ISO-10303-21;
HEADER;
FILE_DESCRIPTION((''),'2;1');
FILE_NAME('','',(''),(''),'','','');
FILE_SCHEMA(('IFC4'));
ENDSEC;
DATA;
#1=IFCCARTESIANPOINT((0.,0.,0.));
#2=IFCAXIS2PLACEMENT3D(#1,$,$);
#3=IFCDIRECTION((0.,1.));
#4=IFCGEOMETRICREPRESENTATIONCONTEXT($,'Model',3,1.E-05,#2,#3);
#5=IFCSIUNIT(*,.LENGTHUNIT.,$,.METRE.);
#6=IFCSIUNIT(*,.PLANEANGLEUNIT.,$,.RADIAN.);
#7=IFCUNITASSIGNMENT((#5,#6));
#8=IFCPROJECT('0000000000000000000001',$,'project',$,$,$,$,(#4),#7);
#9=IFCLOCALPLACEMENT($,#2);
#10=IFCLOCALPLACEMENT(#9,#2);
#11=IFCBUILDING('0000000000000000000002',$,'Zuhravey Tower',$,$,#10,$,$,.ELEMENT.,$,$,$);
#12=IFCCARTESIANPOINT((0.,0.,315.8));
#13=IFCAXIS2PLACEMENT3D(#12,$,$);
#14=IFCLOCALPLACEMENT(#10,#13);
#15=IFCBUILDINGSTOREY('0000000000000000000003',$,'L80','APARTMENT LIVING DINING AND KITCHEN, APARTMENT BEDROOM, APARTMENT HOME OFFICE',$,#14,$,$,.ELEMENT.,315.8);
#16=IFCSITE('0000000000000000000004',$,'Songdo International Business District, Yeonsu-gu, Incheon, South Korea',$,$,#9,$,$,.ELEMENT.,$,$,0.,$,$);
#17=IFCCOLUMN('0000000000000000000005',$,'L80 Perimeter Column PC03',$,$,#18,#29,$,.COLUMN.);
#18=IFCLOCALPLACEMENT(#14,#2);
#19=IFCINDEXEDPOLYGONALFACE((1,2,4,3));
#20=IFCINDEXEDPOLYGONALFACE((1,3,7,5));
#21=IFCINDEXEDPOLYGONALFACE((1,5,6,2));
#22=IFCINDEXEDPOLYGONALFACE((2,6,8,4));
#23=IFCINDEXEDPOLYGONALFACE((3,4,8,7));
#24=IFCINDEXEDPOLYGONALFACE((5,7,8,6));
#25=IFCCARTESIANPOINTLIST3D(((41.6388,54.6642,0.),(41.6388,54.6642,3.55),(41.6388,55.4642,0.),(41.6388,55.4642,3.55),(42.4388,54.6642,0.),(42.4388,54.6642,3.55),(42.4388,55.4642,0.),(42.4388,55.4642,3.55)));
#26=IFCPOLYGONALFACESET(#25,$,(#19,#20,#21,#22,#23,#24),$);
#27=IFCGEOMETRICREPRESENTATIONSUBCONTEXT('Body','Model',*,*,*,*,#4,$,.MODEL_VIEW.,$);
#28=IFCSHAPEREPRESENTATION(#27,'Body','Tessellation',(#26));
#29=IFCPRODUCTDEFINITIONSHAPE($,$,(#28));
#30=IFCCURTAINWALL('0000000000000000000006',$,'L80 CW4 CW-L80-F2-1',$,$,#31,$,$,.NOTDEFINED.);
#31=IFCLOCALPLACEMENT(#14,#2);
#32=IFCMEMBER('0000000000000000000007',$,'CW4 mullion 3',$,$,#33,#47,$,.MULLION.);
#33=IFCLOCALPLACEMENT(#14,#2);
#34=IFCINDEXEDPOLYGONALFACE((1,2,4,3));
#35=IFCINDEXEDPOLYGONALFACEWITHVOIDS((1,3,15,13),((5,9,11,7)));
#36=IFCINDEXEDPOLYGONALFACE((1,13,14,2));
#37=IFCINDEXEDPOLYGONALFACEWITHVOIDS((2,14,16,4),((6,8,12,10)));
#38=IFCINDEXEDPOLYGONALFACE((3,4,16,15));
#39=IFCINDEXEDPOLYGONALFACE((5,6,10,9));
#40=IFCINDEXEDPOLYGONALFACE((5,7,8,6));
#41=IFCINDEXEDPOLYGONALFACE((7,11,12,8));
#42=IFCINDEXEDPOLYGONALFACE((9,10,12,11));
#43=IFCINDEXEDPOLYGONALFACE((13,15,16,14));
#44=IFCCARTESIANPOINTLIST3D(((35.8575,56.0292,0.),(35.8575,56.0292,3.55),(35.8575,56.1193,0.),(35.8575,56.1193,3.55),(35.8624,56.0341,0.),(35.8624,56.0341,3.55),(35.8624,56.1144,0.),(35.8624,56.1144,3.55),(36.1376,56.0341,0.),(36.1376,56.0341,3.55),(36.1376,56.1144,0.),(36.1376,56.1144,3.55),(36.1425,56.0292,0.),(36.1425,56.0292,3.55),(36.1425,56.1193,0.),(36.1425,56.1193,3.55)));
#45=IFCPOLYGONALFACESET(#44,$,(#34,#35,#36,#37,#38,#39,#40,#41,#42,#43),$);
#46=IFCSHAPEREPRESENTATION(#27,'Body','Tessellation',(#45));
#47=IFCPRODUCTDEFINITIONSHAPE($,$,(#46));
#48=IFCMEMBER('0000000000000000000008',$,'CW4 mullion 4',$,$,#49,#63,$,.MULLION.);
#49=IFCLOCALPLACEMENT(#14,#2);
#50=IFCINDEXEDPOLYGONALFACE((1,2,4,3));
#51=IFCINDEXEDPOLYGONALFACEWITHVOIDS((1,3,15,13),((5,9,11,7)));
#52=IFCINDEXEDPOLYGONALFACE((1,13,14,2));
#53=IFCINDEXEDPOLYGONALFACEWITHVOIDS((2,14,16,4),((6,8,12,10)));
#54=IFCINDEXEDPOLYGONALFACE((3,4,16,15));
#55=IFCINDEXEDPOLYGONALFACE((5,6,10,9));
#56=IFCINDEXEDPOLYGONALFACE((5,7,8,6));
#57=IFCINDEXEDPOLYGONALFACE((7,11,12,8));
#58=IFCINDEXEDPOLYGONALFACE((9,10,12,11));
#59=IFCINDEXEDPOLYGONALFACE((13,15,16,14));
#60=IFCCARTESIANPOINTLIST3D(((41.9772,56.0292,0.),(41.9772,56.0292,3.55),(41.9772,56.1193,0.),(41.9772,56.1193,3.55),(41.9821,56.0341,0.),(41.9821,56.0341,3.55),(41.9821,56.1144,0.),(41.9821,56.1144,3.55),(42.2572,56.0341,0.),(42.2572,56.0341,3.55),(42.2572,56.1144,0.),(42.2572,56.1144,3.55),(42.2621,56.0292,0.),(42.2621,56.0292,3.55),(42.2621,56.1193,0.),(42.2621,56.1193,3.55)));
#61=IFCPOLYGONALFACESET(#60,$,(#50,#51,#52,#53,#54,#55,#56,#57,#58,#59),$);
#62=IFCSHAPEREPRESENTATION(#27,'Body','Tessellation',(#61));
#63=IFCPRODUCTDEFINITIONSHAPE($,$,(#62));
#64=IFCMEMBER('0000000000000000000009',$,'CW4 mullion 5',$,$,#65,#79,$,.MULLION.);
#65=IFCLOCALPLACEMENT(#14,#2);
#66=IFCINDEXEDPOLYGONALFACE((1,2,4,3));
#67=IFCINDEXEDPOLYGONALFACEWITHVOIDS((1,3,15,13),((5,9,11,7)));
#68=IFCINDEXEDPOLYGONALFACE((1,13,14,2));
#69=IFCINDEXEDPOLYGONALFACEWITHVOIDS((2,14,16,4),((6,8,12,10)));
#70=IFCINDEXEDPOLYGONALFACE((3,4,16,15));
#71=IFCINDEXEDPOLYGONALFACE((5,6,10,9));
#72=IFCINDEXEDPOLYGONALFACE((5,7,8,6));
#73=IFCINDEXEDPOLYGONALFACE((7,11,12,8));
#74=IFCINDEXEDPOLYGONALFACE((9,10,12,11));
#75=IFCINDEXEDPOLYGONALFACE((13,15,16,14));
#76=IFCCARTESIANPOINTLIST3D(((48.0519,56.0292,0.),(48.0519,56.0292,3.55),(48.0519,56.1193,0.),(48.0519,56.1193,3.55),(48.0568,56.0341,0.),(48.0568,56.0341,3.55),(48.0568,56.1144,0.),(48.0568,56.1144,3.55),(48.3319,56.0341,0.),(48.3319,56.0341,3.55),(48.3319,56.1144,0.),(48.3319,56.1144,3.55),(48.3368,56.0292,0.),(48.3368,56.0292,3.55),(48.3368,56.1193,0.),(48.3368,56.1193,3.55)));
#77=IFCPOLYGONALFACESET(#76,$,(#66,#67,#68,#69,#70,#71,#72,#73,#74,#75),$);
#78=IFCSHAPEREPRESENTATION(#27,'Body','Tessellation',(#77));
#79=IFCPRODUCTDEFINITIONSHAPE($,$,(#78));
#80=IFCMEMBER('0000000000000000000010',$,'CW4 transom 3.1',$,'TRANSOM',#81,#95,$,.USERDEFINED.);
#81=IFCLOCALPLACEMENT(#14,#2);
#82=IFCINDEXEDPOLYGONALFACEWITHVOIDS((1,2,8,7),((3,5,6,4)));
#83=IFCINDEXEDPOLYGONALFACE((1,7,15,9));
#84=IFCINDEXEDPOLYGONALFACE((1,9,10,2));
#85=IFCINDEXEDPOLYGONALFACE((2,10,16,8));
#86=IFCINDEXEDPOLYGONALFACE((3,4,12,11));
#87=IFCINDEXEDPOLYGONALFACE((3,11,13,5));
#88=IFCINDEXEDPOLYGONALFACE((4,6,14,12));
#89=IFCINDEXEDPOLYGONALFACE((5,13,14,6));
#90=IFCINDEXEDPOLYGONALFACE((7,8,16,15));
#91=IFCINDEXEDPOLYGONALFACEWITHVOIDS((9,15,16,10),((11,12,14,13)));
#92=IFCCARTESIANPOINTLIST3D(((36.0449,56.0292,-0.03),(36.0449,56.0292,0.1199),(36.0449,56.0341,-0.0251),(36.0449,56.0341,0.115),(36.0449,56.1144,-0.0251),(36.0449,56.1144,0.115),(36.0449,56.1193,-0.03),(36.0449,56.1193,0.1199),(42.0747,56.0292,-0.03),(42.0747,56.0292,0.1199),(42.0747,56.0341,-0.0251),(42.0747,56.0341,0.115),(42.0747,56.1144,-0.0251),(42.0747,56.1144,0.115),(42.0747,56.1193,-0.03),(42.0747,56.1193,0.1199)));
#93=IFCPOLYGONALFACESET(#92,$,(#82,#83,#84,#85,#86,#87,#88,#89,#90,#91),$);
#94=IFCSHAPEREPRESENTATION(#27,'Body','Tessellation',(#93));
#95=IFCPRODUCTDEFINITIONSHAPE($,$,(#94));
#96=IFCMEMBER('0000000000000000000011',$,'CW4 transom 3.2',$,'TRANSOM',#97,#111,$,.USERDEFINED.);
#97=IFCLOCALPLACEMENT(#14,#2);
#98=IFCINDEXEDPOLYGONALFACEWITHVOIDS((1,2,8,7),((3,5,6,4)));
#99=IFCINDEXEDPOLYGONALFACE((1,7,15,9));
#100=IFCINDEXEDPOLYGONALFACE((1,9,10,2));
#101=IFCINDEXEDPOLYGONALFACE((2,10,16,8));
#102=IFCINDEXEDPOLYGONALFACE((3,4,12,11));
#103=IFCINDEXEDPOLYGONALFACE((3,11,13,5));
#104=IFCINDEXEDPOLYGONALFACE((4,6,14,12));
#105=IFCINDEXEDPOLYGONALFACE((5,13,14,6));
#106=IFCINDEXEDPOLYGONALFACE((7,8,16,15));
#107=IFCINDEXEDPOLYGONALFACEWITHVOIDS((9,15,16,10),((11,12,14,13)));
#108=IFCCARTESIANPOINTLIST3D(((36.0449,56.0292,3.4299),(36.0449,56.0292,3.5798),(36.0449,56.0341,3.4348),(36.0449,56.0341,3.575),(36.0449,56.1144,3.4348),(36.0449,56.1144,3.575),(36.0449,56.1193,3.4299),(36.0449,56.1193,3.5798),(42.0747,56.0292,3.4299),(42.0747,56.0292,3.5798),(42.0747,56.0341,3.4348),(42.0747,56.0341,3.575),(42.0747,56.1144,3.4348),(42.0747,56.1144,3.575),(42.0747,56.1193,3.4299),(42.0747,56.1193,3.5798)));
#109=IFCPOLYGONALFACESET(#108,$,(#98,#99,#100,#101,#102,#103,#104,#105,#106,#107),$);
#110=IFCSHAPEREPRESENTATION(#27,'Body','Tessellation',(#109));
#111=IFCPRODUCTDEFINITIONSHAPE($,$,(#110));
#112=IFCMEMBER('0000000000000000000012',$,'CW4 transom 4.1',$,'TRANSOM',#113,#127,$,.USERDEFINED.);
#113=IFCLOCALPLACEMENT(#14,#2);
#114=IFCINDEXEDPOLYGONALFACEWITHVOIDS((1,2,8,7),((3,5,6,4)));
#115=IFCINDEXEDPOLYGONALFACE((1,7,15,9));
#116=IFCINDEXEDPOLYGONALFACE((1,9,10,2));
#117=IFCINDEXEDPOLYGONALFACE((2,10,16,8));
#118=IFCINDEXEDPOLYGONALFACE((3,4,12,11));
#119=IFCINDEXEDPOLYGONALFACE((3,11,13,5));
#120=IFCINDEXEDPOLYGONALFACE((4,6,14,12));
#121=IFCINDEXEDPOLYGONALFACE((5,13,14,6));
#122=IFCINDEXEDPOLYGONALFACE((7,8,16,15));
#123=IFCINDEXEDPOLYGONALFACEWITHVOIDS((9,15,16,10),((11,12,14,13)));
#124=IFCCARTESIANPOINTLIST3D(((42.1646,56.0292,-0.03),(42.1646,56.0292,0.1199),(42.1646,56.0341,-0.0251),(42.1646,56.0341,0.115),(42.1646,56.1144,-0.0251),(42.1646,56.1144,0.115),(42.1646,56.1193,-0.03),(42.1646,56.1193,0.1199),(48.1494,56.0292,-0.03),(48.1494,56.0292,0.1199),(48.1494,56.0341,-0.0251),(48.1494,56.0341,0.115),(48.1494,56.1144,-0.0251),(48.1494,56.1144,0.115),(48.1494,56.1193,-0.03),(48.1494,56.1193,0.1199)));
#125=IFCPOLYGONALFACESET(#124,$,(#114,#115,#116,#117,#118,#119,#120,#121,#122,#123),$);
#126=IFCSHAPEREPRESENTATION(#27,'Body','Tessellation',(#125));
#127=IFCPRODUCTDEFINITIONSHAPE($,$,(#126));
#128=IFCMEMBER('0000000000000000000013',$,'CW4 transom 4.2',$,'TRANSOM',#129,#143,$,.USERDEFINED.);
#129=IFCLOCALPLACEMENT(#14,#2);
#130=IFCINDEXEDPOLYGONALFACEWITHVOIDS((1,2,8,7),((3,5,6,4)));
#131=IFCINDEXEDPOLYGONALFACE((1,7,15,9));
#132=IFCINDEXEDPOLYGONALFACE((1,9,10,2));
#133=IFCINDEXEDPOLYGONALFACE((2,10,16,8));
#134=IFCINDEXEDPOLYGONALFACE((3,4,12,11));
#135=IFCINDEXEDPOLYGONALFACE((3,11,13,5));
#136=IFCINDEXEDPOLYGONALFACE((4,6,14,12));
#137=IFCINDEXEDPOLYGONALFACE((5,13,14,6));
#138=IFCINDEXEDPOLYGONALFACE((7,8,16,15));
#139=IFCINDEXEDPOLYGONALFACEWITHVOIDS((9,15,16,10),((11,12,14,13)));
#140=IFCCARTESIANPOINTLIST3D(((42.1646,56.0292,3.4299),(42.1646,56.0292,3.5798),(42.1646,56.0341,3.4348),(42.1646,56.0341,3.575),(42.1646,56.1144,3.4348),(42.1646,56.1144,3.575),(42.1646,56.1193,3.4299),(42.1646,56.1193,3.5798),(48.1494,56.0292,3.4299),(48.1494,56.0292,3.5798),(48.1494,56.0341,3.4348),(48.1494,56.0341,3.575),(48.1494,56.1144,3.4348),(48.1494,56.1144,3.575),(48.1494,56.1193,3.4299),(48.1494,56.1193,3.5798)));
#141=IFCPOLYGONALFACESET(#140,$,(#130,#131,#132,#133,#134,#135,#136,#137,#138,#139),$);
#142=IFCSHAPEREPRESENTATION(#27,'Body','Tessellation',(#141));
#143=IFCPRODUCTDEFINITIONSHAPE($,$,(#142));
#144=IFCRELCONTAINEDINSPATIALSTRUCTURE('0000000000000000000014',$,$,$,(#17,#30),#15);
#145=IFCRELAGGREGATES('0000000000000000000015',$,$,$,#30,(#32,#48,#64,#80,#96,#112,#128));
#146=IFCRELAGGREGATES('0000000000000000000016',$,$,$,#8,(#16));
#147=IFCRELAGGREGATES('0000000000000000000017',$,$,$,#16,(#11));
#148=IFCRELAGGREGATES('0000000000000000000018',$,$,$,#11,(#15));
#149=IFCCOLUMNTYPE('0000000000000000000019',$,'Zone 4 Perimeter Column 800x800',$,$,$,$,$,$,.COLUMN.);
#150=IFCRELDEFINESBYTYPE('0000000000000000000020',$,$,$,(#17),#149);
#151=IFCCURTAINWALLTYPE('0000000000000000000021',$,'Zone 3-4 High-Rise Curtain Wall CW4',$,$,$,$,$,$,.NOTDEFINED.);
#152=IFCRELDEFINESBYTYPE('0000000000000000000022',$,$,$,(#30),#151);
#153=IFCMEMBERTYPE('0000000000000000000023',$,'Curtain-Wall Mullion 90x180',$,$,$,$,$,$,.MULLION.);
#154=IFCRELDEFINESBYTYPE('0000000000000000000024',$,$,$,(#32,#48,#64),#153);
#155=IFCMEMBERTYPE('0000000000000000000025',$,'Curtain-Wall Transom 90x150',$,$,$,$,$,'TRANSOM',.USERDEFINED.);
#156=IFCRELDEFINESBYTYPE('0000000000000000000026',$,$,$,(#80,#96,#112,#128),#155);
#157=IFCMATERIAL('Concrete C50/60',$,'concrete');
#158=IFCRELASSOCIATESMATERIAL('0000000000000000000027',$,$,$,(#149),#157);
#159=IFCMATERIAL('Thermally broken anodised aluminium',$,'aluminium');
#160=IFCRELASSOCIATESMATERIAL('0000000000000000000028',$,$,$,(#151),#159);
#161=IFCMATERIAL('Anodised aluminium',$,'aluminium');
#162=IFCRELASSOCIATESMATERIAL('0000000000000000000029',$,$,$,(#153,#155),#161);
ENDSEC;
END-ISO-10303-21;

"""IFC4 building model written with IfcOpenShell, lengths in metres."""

from ifc_helpers import new_model, si_unit, direction, frame, origin, origin_2d, place, context, subcontext, project, spatial, rectangle, hollow_rectangle, extrude, material, material_profile, profile_set, type_object, element, aggregate, save


model = new_model("IFC4")

# Units and contexts
model_context = context("Model", 3, precision=1e-05, world=origin(), true_north=direction((0.0, 1.0)))
body_context = subcontext(model_context, "Body", "Model", "MODEL_VIEW")
ifc_project = project(units=[si_unit("LENGTHUNIT", "METRE"), si_unit("PLANEANGLEUNIT", "RADIAN")], contexts=[model_context])

# Site, building, storey
site_placement = place(None, origin())
site = spatial("IfcSite", under=ifc_project, at=site_placement, Name="Songdo International Business District, Yeonsu-gu, Incheon, South Korea", CompositionType="ELEMENT", RefElevation=0.0)
building_placement = place(site_placement, origin())
building = spatial("IfcBuilding", under=site, at=building_placement, Name="Zuhravey Tower", CompositionType="ELEMENT")
storey_placement = place(building_placement, frame((0.0, 0.0, 315.8)))
storey = spatial("IfcBuildingStorey", under=building, at=storey_placement, Name="L80", Description="APARTMENT LIVING DINING AND KITCHEN, APARTMENT BEDROOM, APARTMENT HOME OFFICE", CompositionType="ELEMENT", Elevation=315.8)

# Column
ifc_material_1 = material(Name="Concrete C50/60", Category="concrete")
ifc_material_profile_1 = material_profile(ifc_material_1, rectangle(XDim=0.8, YDim=0.8, at=origin_2d()), Name="RC-800x800")
ifc_profile_set_1 = profile_set([ifc_material_profile_1], Name="Concrete C50/60")
column_type = type_object("IfcColumnType", Name="Zone 4 Perimeter Column 800x800", PredefinedType="COLUMN", material=ifc_profile_set_1)
column_placement = place(storey_placement, frame((42.0388, 55.0642, 0.0), z_axis=(0.0, 0.0, 1.0), x_axis=(-1.0, 0.0, 0.0)))
element("IfcColumn", 1, at=column_placement, inside=storey, type_object=column_type, Name="L80 Perimeter Column PC03", PredefinedType="COLUMN", context=body_context, shape_type="SweptSolid", body=[
    extrude(rectangle(XDim=0.8, YDim=0.8, at=origin_2d()), origin(), (0.0, 0.0, 1.0), 3.55),
])

# Curtain wall, members
ifc_material_2 = material(Name="Thermally broken anodised aluminium", Category="aluminium")
curtain_wall_type = type_object("IfcCurtainWallType", Name="Zone 3-4 High-Rise Curtain Wall CW4", PredefinedType="NOTDEFINED", material=ifc_material_2)
curtain_wall_placement = place(storey_placement, origin())
curtain_wall = element("IfcCurtainWall", 2, at=curtain_wall_placement, inside=storey, type_object=curtain_wall_type, Name="L80 CW4 CW-L80-F2-1", PredefinedType="NOTDEFINED")
ifc_material_3 = material(Name="Anodised aluminium", Category="aluminium")
ifc_material_profile_2 = material_profile(ifc_material_3, hollow_rectangle(XDim=0.0901, YDim=0.2849, WallThickness=0.0049, at=origin_2d()), Name="ALU-RHS-90x285x5")
ifc_profile_set_2 = profile_set([ifc_material_profile_2], Name="Anodised aluminium")
member_type_1 = type_object("IfcMemberType", Name="Curtain-Wall Mullion 90x180", PredefinedType="MULLION", material=ifc_profile_set_2)
member_1_placement = place(storey_placement, frame((36.0, 56.0742, 0.0), z_axis=(0.0, 0.0, 1.0), x_axis=(0.0, 1.0, 0.0)))
member_1 = element("IfcMember", 3, at=member_1_placement, type_object=member_type_1, Name="CW4 mullion 3", PredefinedType="MULLION", context=body_context, shape_type="SweptSolid", body=[
    extrude(hollow_rectangle(XDim=0.0901, YDim=0.2849, WallThickness=0.0049, at=origin_2d()), origin(), (0.0, 0.0, 1.0), 3.55),
])
member_2_placement = place(storey_placement, frame((42.1196, 56.0742, 0.0), z_axis=(0.0, 0.0, 1.0), x_axis=(0.0, 1.0, 0.0)))
member_2 = element("IfcMember", 4, at=member_2_placement, type_object=member_type_1, Name="CW4 mullion 4", PredefinedType="MULLION", context=body_context, shape_type="SweptSolid", body=[
    extrude(hollow_rectangle(XDim=0.0901, YDim=0.2849, WallThickness=0.0049, at=origin_2d()), origin(), (0.0, 0.0, 1.0), 3.55),
])
member_3_placement = place(storey_placement, frame((48.1943, 56.0742, 0.0), z_axis=(0.0, 0.0, 1.0), x_axis=(0.0, 1.0, 0.0)))
member_3 = element("IfcMember", 5, at=member_3_placement, type_object=member_type_1, Name="CW4 mullion 5", PredefinedType="MULLION", context=body_context, shape_type="SweptSolid", body=[
    extrude(hollow_rectangle(XDim=0.0901, YDim=0.2849, WallThickness=0.0049, at=origin_2d()), origin(), (0.0, 0.0, 1.0), 3.55),
])
ifc_material_profile_3 = material_profile(ifc_material_3, hollow_rectangle(XDim=0.0901, YDim=0.1499, WallThickness=0.0049, at=origin_2d()), Name="ALU-RHS-90x150x5")
ifc_profile_set_3 = profile_set([ifc_material_profile_3], Name="Anodised aluminium")
member_type_2 = type_object("IfcMemberType", Name="Curtain-Wall Transom 90x150", ElementType="TRANSOM", PredefinedType="USERDEFINED", material=ifc_profile_set_3)
member_4_placement = place(storey_placement, frame((36.0449, 56.0742, 0.0449), z_axis=(1.0, 0.0, 0.0), x_axis=(0.0, 1.0, 0.0)))
member_4 = element("IfcMember", 6, at=member_4_placement, type_object=member_type_2, Name="CW4 transom 3.1", ObjectType="TRANSOM", PredefinedType="USERDEFINED", context=body_context, shape_type="SweptSolid", body=[
    extrude(hollow_rectangle(XDim=0.0901, YDim=0.1499, WallThickness=0.0049, at=origin_2d()), origin(), (0.0, 0.0, 1.0), 6.0298),
])
member_5_placement = place(storey_placement, frame((36.0449, 56.0742, 3.5049), z_axis=(1.0, 0.0, 0.0), x_axis=(0.0, 1.0, 0.0)))
member_5 = element("IfcMember", 7, at=member_5_placement, type_object=member_type_2, Name="CW4 transom 3.2", ObjectType="TRANSOM", PredefinedType="USERDEFINED", context=body_context, shape_type="SweptSolid", body=[
    extrude(hollow_rectangle(XDim=0.0901, YDim=0.1499, WallThickness=0.0049, at=origin_2d()), origin(), (0.0, 0.0, 1.0), 6.0298),
])
member_6_placement = place(storey_placement, frame((42.1646, 56.0742, 0.0449), z_axis=(1.0, 0.0, 0.0), x_axis=(0.0, 1.0, 0.0)))
member_6 = element("IfcMember", 8, at=member_6_placement, type_object=member_type_2, Name="CW4 transom 4.1", ObjectType="TRANSOM", PredefinedType="USERDEFINED", context=body_context, shape_type="SweptSolid", body=[
    extrude(hollow_rectangle(XDim=0.0901, YDim=0.1499, WallThickness=0.0049, at=origin_2d()), origin(), (0.0, 0.0, 1.0), 5.9849),
])
member_7_placement = place(storey_placement, frame((42.1646, 56.0742, 3.5049), z_axis=(1.0, 0.0, 0.0), x_axis=(0.0, 1.0, 0.0)))
member_7 = element("IfcMember", 9, at=member_7_placement, type_object=member_type_2, Name="CW4 transom 4.2", ObjectType="TRANSOM", PredefinedType="USERDEFINED", context=body_context, shape_type="SweptSolid", body=[
    extrude(hollow_rectangle(XDim=0.0901, YDim=0.1499, WallThickness=0.0049, at=origin_2d()), origin(), (0.0, 0.0, 1.0), 5.9849),
])

aggregate(curtain_wall, [member_1, member_2, member_3, member_4, member_5, member_6, member_7])

save(model, "model.ifc")
